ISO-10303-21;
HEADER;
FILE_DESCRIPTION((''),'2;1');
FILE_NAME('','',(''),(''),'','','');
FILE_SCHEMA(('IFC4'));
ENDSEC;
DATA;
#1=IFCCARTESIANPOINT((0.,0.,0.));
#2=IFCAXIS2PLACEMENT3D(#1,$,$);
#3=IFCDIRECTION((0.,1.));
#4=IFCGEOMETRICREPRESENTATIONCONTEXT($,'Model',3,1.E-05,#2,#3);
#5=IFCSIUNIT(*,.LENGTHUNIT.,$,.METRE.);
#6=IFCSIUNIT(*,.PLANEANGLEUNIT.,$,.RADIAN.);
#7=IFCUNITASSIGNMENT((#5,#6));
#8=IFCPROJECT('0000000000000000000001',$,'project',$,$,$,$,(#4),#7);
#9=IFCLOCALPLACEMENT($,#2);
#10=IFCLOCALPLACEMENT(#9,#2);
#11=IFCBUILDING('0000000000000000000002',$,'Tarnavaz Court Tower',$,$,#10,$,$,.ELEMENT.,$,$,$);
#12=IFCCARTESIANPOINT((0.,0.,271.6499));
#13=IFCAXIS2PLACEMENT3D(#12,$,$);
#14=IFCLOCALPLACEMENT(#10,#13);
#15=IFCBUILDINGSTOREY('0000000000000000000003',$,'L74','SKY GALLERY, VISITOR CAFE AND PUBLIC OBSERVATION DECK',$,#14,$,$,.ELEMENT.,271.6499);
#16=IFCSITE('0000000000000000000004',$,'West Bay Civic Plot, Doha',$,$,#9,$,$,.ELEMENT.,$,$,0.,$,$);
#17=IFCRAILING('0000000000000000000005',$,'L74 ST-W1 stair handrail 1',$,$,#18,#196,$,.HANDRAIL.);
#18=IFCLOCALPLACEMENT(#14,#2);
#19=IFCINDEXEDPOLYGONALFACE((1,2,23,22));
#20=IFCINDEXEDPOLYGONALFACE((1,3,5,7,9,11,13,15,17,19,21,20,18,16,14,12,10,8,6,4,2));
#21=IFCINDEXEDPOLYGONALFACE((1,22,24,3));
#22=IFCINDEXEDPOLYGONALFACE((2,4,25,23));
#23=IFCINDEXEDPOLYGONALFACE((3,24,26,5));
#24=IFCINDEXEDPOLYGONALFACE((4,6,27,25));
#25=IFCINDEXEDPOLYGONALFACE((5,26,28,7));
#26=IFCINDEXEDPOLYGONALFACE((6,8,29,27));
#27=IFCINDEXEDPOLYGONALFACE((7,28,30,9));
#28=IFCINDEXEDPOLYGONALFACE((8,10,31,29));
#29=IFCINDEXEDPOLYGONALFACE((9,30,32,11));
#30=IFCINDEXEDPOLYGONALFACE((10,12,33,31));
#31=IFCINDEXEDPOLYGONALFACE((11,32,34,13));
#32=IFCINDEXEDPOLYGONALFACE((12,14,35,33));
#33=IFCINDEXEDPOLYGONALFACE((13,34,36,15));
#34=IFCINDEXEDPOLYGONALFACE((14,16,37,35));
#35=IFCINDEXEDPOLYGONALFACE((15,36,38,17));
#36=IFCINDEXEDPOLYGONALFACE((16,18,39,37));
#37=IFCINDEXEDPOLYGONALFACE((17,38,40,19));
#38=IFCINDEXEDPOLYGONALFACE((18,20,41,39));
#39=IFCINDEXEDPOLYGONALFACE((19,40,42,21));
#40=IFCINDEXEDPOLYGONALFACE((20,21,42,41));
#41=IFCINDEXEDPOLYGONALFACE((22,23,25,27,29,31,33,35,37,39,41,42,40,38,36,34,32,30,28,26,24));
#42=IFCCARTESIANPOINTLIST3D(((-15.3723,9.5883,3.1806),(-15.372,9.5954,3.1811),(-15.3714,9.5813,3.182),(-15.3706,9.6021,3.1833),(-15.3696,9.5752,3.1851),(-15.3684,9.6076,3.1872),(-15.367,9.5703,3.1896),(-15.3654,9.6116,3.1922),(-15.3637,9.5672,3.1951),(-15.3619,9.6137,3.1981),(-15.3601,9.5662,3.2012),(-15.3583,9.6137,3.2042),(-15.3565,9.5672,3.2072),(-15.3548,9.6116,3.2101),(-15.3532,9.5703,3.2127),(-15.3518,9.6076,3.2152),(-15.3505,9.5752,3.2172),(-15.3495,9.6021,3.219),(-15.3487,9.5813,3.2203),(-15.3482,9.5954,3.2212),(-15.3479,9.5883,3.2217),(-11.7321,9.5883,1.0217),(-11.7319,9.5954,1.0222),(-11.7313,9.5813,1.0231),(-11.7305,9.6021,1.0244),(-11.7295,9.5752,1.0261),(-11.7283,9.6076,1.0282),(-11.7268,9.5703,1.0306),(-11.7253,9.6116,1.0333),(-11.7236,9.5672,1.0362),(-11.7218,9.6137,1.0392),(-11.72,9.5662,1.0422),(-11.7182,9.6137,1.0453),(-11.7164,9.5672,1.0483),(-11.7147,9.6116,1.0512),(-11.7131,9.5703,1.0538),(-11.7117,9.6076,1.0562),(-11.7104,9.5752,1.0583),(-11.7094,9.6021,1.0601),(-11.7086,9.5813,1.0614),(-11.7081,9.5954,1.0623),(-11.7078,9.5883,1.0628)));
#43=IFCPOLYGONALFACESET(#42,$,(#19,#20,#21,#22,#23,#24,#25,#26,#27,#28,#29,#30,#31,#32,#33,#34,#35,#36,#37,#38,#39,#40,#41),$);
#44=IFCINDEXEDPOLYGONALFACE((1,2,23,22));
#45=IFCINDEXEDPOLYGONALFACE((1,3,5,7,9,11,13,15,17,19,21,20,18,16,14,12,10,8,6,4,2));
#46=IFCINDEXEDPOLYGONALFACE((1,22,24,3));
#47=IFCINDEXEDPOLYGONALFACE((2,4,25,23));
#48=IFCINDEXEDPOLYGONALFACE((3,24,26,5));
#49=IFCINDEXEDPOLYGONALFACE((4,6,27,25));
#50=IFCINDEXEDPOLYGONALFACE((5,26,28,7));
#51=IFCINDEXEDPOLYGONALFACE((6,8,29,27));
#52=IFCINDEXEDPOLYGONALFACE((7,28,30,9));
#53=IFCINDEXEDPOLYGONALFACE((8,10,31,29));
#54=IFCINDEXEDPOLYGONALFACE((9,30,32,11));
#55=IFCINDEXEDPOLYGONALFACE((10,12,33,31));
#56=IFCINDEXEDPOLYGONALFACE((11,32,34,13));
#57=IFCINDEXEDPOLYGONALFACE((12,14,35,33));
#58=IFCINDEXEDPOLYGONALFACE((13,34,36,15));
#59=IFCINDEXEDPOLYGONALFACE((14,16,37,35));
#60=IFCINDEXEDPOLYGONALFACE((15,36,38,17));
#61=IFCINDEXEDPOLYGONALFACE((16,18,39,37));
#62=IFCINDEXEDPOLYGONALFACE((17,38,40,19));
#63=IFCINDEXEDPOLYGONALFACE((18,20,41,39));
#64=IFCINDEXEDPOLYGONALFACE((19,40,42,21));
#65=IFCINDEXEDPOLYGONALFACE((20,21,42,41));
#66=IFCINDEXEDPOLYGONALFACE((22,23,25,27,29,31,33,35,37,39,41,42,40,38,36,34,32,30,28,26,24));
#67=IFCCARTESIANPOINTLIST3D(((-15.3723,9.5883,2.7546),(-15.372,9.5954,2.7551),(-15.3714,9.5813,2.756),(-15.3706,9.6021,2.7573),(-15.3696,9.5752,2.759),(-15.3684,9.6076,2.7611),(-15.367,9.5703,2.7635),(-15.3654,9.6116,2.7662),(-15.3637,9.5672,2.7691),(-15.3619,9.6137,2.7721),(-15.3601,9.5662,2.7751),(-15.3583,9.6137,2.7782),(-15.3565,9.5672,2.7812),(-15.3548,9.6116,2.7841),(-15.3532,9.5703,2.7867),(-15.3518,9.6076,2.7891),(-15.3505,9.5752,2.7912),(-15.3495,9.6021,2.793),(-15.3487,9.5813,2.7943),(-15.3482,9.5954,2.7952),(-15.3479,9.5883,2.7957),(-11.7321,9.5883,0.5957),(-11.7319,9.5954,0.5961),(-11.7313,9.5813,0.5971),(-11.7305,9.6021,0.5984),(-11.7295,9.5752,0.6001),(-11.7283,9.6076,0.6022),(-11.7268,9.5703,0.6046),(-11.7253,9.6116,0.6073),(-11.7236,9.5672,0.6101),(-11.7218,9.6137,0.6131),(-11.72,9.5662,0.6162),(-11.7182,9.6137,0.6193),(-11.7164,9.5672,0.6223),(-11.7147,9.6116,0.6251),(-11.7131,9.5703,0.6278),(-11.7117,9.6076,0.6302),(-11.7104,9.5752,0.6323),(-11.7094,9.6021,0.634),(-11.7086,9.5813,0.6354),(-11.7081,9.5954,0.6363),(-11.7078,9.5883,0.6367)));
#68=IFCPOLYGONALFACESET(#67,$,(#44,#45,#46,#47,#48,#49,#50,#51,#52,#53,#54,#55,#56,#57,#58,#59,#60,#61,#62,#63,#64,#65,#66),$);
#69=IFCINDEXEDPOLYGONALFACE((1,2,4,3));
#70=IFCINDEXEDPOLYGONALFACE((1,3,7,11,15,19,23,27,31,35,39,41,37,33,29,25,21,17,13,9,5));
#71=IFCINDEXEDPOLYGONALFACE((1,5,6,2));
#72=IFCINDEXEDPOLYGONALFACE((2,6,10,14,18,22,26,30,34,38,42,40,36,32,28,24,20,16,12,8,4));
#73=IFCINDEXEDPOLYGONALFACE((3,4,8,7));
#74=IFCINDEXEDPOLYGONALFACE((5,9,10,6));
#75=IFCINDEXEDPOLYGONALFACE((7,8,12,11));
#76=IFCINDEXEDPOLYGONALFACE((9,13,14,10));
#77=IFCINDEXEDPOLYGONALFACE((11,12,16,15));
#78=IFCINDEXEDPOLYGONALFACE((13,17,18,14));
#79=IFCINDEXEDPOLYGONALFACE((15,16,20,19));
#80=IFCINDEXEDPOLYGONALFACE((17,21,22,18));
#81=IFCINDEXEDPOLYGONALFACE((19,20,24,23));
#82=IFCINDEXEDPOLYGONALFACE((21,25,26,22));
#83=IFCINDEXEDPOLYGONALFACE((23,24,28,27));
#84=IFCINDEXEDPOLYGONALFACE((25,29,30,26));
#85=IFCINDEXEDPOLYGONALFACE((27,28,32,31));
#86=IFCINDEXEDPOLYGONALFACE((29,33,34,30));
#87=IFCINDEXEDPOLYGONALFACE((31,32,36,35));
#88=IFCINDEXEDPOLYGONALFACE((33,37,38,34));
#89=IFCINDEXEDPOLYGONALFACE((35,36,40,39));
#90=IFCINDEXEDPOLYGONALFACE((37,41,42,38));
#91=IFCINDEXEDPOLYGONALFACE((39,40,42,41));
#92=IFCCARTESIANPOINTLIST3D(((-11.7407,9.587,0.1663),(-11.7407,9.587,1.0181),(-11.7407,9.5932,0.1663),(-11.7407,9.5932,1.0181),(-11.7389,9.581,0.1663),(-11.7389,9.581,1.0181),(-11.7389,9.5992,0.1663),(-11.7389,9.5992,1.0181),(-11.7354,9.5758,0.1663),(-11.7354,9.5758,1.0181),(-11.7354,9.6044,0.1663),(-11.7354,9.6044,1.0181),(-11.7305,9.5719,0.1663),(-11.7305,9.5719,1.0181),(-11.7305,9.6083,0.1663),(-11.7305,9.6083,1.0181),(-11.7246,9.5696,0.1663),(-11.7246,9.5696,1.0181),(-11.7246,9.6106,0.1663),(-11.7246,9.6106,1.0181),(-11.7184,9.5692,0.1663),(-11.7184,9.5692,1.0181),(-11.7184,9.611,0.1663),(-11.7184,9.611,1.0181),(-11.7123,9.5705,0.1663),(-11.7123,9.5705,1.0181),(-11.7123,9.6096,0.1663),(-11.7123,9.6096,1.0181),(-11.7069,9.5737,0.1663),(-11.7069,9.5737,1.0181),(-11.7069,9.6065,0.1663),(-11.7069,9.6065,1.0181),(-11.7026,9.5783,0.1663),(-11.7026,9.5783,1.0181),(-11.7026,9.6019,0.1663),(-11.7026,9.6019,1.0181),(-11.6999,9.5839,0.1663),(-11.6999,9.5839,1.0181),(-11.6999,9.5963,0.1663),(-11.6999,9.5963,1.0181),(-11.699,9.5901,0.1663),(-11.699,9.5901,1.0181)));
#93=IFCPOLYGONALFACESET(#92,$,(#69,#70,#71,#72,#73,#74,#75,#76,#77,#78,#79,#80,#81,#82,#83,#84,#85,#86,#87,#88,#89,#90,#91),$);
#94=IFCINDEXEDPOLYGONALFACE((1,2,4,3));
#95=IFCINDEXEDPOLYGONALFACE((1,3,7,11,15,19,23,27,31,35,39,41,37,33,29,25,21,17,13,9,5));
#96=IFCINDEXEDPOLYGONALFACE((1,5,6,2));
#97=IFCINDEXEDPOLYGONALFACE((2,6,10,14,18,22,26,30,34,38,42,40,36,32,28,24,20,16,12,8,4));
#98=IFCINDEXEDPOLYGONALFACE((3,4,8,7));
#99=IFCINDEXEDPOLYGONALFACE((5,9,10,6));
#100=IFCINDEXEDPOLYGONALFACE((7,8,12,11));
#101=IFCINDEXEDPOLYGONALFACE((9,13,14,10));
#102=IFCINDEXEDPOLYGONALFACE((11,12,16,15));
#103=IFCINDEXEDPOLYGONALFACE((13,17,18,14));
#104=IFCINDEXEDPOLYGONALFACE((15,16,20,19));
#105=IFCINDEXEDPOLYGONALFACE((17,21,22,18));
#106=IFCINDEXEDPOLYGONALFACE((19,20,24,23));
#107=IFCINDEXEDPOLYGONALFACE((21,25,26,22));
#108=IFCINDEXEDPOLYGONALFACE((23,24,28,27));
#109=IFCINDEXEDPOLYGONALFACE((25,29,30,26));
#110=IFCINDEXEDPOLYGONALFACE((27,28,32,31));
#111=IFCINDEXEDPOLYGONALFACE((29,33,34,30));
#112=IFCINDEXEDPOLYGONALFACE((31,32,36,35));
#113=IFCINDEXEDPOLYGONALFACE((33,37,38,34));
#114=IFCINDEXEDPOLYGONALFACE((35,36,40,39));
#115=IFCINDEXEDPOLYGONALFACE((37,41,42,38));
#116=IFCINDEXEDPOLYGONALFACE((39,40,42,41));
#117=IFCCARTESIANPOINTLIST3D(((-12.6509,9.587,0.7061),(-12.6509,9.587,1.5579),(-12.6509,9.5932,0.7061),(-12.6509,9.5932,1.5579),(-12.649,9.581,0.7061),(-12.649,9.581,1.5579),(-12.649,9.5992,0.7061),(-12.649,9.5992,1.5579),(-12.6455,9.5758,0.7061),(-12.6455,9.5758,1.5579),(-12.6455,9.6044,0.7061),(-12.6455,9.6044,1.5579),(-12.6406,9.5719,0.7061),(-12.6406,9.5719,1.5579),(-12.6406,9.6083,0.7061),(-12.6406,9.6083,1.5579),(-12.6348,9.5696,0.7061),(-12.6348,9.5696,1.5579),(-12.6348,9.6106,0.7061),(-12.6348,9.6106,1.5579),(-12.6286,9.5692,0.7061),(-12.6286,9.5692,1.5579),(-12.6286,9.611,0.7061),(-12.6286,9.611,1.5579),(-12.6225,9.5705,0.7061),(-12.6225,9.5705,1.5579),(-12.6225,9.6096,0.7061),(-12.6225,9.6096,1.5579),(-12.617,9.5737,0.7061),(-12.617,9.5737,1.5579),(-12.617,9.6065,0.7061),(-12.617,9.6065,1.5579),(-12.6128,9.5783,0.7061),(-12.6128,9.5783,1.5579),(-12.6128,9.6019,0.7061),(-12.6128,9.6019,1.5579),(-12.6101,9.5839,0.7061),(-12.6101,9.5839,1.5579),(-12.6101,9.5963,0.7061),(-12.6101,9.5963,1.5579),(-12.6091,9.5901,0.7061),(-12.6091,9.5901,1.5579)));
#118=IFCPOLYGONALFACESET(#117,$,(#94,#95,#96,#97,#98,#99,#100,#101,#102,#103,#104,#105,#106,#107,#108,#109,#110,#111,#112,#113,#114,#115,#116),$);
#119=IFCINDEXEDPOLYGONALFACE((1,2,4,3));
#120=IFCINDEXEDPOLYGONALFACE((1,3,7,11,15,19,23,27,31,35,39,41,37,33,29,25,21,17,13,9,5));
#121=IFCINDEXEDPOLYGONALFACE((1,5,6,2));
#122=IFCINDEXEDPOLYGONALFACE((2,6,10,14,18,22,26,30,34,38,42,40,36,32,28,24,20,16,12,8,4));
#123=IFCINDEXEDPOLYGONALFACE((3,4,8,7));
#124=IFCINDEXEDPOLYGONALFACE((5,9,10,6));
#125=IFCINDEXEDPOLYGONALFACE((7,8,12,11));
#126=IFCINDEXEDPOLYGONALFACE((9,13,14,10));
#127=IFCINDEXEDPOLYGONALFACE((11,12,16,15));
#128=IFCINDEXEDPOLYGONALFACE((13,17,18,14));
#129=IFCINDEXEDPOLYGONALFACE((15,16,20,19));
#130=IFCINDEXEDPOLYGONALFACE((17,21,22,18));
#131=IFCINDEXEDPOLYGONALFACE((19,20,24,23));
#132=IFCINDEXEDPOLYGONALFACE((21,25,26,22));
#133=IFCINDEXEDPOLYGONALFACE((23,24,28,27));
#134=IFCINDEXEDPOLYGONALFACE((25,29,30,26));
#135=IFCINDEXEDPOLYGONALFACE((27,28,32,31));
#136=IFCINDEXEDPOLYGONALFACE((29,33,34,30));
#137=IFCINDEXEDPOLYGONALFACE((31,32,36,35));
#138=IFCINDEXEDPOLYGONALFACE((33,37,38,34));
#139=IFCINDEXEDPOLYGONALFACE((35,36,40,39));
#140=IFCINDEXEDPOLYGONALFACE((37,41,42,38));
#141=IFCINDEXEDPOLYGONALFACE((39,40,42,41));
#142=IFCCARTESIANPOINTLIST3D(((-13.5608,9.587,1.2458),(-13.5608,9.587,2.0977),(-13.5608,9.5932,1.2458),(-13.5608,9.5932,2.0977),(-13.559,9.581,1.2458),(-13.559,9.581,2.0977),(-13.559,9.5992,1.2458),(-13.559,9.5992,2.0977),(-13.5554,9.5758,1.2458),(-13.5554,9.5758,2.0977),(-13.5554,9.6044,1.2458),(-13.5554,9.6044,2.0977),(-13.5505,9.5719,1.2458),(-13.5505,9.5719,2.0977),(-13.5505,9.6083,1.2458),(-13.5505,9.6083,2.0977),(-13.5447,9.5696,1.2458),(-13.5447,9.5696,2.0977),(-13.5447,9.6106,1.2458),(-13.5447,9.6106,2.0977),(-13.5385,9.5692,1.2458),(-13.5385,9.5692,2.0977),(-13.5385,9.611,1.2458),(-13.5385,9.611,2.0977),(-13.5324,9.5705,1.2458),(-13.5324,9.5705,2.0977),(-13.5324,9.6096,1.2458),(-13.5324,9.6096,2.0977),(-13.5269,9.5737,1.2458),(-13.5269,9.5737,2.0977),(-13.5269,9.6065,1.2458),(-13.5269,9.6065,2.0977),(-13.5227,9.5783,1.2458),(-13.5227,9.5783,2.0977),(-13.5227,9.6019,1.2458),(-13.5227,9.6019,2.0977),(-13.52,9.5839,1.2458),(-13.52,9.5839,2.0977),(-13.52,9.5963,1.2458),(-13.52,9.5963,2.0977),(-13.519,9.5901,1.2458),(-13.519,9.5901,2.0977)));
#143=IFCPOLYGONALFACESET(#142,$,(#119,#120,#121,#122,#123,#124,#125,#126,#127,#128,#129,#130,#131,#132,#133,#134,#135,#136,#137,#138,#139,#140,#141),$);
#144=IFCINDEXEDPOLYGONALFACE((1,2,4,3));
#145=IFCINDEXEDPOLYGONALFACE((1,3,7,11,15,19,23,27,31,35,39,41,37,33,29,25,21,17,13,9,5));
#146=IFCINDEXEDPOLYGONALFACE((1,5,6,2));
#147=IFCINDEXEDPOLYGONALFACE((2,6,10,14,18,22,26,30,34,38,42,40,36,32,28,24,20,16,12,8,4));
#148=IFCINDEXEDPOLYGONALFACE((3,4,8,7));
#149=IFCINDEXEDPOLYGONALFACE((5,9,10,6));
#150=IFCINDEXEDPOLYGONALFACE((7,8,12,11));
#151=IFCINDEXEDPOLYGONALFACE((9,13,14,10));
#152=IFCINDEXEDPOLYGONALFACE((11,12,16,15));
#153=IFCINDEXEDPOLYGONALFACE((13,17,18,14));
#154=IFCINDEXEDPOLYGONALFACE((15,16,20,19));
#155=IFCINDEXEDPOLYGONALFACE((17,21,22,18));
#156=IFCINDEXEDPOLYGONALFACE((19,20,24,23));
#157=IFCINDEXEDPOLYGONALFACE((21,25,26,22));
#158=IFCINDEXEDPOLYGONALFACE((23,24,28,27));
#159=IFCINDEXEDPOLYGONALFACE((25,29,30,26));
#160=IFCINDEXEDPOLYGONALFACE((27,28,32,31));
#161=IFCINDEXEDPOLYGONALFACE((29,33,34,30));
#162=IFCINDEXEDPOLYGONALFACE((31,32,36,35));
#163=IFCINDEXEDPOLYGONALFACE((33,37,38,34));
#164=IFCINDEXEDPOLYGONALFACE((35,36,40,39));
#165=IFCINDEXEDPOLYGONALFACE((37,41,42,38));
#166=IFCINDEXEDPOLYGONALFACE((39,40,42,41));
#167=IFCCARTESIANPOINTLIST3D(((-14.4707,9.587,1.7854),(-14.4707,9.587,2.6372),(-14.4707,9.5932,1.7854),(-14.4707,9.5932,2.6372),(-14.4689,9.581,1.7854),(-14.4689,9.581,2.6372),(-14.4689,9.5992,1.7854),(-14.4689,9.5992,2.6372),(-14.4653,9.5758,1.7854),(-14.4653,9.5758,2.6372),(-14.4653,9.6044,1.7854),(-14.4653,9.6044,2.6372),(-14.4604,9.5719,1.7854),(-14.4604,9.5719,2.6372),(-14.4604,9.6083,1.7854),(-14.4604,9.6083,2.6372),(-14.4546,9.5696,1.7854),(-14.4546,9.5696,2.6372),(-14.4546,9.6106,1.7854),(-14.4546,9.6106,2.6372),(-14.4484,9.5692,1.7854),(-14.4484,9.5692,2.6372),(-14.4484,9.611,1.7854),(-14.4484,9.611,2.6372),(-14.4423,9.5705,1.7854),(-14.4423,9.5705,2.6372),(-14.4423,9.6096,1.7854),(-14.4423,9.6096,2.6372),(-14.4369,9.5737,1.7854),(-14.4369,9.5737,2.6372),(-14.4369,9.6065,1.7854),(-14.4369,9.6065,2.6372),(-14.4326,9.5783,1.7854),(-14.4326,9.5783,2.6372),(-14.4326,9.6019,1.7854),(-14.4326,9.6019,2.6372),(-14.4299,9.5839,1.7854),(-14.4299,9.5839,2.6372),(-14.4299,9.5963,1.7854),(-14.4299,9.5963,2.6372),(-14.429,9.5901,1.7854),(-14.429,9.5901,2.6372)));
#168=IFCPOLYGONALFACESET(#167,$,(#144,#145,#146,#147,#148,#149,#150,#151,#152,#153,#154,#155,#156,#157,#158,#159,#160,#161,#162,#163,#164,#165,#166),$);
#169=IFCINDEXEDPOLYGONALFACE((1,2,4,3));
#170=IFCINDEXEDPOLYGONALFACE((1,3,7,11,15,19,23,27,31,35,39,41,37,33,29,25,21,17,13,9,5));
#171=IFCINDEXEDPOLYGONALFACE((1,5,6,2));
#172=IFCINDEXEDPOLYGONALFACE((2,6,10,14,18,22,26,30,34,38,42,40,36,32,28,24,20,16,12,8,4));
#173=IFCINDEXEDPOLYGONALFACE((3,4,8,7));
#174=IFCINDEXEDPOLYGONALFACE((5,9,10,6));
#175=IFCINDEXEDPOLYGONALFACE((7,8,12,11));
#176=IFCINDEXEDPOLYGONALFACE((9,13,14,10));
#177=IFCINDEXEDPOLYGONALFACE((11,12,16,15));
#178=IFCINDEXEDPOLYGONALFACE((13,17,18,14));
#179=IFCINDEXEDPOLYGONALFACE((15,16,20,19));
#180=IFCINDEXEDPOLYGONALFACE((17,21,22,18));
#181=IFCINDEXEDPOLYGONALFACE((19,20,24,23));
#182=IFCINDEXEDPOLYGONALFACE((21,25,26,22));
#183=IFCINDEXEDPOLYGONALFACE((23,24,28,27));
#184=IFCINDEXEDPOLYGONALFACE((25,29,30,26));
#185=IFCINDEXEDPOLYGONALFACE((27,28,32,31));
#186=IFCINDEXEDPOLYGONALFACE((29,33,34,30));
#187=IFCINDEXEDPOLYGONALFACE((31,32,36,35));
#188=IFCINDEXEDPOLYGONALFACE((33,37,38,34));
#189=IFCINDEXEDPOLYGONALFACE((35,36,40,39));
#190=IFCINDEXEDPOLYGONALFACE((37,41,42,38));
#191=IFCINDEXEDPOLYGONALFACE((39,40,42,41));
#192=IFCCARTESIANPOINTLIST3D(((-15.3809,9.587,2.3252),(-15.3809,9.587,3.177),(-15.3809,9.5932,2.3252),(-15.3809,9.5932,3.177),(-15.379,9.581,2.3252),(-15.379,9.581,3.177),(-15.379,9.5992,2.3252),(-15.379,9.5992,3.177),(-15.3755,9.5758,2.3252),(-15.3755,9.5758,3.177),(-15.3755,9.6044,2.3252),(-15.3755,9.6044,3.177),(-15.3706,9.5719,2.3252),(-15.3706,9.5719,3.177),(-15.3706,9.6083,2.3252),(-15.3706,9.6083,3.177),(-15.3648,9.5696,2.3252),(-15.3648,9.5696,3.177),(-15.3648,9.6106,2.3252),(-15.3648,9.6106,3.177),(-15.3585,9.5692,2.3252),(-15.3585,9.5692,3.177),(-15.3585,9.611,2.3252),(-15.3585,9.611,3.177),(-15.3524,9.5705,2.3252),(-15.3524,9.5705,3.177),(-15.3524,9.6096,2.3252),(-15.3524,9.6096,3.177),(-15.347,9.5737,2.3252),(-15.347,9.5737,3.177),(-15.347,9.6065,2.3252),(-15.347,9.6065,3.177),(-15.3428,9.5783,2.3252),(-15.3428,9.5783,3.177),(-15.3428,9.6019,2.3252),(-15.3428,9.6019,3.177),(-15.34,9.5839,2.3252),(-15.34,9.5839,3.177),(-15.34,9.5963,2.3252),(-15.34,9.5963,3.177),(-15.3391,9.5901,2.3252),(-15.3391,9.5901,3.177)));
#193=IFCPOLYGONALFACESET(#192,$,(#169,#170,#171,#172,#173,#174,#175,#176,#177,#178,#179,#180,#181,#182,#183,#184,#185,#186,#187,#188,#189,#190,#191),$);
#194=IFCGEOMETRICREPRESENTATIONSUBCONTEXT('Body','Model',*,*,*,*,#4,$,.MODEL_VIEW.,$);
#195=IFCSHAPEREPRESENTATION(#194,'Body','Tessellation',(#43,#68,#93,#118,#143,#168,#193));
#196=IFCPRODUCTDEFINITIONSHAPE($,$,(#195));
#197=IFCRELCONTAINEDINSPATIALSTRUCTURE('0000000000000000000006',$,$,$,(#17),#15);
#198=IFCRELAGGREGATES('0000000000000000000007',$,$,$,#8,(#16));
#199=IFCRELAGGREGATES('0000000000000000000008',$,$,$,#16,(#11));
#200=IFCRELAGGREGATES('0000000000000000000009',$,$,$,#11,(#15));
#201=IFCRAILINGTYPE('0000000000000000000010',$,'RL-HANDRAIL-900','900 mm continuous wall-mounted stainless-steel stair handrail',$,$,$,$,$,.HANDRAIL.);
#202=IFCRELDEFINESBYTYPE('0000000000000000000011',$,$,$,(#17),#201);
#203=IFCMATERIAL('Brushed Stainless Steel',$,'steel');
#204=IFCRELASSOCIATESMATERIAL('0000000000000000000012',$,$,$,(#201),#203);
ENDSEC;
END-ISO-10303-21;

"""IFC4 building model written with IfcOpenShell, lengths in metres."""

from ifc_helpers import new_model, si_unit, direction, frame, origin, origin_2d, place, context, subcontext, project, spatial, circle, extrude, material, type_object, element, save


model = new_model("IFC4")

# Units and contexts
model_context = context("Model", 3, precision=1e-05, world=origin(), true_north=direction((0.0, 1.0)))
body_context = subcontext(model_context, "Body", "Model", "MODEL_VIEW")
ifc_project = project(units=[si_unit("LENGTHUNIT", "METRE"), si_unit("PLANEANGLEUNIT", "RADIAN")], contexts=[model_context])

# Site, building, storey
site_placement = place(None, origin())
site = spatial("IfcSite", under=ifc_project, at=site_placement, Name="West Bay Civic Plot, Doha", CompositionType="ELEMENT", RefElevation=0.0)
building_placement = place(site_placement, origin())
building = spatial("IfcBuilding", under=site, at=building_placement, Name="Tarnavaz Court Tower", CompositionType="ELEMENT")
storey_placement = place(building_placement, frame((0.0, 0.0, 271.6499)))
storey = spatial("IfcBuildingStorey", under=building, at=storey_placement, Name="L74", Description="SKY GALLERY, VISITOR CAFE AND PUBLIC OBSERVATION DECK", CompositionType="ELEMENT", Elevation=271.6499)

# Railing
ifc_material_1 = material(Name="Brushed Stainless Steel", Category="steel")
railing_type_1 = type_object("IfcRailingType", Name="RL-HANDRAIL-900", Description="900 mm continuous wall-mounted stainless-steel stair handrail", PredefinedType="HANDRAIL", material=ifc_material_1)
railing_1_placement = place(storey_placement, frame((-11.72, 9.5901, 0.1663)))
element("IfcRailing", 1, at=railing_1_placement, inside=storey, type_object=railing_type_1, Name="L74 ST-W1 stair handrail 1", PredefinedType="HANDRAIL", context=body_context, shape_type="SweptSolid", body=[
    extrude(circle(Radius=0.0239, at=origin_2d()), frame((0.0, 0.0, 0.876), z_axis=(-0.860103, 0.0, 0.51012), x_axis=(0.0, -1.0, 0.0)), (0.0, 0.0, 1.0), 4.2322),
    extrude(circle(Radius=0.0239, at=origin_2d()), frame((0.0, 0.0, 0.45), z_axis=(-0.860103, 0.0, 0.51012), x_axis=(0.0, -1.0, 0.0)), (0.0, 0.0, 1.0), 4.2322),
    extrude(circle(Radius=0.021, at=origin_2d()), origin(), (0.0, 0.0, 1.0), 0.8518),
    extrude(circle(Radius=0.021, at=origin_2d()), frame((-0.9102, 0.0, 0.5398)), (0.0, 0.0, 1.0), 0.8518),
    extrude(circle(Radius=0.021, at=origin_2d()), frame((-1.8201, 0.0, 1.0796)), (0.0, 0.0, 1.0), 0.8518),
    extrude(circle(Radius=0.021, at=origin_2d()), frame((-2.73, 0.0, 1.6191)), (0.0, 0.0, 1.0), 0.8518),
    extrude(circle(Radius=0.021, at=origin_2d()), frame((-3.6401, 0.0, 2.1589)), (0.0, 0.0, 1.0), 0.8518),
])

save(model, "model.ifc")
